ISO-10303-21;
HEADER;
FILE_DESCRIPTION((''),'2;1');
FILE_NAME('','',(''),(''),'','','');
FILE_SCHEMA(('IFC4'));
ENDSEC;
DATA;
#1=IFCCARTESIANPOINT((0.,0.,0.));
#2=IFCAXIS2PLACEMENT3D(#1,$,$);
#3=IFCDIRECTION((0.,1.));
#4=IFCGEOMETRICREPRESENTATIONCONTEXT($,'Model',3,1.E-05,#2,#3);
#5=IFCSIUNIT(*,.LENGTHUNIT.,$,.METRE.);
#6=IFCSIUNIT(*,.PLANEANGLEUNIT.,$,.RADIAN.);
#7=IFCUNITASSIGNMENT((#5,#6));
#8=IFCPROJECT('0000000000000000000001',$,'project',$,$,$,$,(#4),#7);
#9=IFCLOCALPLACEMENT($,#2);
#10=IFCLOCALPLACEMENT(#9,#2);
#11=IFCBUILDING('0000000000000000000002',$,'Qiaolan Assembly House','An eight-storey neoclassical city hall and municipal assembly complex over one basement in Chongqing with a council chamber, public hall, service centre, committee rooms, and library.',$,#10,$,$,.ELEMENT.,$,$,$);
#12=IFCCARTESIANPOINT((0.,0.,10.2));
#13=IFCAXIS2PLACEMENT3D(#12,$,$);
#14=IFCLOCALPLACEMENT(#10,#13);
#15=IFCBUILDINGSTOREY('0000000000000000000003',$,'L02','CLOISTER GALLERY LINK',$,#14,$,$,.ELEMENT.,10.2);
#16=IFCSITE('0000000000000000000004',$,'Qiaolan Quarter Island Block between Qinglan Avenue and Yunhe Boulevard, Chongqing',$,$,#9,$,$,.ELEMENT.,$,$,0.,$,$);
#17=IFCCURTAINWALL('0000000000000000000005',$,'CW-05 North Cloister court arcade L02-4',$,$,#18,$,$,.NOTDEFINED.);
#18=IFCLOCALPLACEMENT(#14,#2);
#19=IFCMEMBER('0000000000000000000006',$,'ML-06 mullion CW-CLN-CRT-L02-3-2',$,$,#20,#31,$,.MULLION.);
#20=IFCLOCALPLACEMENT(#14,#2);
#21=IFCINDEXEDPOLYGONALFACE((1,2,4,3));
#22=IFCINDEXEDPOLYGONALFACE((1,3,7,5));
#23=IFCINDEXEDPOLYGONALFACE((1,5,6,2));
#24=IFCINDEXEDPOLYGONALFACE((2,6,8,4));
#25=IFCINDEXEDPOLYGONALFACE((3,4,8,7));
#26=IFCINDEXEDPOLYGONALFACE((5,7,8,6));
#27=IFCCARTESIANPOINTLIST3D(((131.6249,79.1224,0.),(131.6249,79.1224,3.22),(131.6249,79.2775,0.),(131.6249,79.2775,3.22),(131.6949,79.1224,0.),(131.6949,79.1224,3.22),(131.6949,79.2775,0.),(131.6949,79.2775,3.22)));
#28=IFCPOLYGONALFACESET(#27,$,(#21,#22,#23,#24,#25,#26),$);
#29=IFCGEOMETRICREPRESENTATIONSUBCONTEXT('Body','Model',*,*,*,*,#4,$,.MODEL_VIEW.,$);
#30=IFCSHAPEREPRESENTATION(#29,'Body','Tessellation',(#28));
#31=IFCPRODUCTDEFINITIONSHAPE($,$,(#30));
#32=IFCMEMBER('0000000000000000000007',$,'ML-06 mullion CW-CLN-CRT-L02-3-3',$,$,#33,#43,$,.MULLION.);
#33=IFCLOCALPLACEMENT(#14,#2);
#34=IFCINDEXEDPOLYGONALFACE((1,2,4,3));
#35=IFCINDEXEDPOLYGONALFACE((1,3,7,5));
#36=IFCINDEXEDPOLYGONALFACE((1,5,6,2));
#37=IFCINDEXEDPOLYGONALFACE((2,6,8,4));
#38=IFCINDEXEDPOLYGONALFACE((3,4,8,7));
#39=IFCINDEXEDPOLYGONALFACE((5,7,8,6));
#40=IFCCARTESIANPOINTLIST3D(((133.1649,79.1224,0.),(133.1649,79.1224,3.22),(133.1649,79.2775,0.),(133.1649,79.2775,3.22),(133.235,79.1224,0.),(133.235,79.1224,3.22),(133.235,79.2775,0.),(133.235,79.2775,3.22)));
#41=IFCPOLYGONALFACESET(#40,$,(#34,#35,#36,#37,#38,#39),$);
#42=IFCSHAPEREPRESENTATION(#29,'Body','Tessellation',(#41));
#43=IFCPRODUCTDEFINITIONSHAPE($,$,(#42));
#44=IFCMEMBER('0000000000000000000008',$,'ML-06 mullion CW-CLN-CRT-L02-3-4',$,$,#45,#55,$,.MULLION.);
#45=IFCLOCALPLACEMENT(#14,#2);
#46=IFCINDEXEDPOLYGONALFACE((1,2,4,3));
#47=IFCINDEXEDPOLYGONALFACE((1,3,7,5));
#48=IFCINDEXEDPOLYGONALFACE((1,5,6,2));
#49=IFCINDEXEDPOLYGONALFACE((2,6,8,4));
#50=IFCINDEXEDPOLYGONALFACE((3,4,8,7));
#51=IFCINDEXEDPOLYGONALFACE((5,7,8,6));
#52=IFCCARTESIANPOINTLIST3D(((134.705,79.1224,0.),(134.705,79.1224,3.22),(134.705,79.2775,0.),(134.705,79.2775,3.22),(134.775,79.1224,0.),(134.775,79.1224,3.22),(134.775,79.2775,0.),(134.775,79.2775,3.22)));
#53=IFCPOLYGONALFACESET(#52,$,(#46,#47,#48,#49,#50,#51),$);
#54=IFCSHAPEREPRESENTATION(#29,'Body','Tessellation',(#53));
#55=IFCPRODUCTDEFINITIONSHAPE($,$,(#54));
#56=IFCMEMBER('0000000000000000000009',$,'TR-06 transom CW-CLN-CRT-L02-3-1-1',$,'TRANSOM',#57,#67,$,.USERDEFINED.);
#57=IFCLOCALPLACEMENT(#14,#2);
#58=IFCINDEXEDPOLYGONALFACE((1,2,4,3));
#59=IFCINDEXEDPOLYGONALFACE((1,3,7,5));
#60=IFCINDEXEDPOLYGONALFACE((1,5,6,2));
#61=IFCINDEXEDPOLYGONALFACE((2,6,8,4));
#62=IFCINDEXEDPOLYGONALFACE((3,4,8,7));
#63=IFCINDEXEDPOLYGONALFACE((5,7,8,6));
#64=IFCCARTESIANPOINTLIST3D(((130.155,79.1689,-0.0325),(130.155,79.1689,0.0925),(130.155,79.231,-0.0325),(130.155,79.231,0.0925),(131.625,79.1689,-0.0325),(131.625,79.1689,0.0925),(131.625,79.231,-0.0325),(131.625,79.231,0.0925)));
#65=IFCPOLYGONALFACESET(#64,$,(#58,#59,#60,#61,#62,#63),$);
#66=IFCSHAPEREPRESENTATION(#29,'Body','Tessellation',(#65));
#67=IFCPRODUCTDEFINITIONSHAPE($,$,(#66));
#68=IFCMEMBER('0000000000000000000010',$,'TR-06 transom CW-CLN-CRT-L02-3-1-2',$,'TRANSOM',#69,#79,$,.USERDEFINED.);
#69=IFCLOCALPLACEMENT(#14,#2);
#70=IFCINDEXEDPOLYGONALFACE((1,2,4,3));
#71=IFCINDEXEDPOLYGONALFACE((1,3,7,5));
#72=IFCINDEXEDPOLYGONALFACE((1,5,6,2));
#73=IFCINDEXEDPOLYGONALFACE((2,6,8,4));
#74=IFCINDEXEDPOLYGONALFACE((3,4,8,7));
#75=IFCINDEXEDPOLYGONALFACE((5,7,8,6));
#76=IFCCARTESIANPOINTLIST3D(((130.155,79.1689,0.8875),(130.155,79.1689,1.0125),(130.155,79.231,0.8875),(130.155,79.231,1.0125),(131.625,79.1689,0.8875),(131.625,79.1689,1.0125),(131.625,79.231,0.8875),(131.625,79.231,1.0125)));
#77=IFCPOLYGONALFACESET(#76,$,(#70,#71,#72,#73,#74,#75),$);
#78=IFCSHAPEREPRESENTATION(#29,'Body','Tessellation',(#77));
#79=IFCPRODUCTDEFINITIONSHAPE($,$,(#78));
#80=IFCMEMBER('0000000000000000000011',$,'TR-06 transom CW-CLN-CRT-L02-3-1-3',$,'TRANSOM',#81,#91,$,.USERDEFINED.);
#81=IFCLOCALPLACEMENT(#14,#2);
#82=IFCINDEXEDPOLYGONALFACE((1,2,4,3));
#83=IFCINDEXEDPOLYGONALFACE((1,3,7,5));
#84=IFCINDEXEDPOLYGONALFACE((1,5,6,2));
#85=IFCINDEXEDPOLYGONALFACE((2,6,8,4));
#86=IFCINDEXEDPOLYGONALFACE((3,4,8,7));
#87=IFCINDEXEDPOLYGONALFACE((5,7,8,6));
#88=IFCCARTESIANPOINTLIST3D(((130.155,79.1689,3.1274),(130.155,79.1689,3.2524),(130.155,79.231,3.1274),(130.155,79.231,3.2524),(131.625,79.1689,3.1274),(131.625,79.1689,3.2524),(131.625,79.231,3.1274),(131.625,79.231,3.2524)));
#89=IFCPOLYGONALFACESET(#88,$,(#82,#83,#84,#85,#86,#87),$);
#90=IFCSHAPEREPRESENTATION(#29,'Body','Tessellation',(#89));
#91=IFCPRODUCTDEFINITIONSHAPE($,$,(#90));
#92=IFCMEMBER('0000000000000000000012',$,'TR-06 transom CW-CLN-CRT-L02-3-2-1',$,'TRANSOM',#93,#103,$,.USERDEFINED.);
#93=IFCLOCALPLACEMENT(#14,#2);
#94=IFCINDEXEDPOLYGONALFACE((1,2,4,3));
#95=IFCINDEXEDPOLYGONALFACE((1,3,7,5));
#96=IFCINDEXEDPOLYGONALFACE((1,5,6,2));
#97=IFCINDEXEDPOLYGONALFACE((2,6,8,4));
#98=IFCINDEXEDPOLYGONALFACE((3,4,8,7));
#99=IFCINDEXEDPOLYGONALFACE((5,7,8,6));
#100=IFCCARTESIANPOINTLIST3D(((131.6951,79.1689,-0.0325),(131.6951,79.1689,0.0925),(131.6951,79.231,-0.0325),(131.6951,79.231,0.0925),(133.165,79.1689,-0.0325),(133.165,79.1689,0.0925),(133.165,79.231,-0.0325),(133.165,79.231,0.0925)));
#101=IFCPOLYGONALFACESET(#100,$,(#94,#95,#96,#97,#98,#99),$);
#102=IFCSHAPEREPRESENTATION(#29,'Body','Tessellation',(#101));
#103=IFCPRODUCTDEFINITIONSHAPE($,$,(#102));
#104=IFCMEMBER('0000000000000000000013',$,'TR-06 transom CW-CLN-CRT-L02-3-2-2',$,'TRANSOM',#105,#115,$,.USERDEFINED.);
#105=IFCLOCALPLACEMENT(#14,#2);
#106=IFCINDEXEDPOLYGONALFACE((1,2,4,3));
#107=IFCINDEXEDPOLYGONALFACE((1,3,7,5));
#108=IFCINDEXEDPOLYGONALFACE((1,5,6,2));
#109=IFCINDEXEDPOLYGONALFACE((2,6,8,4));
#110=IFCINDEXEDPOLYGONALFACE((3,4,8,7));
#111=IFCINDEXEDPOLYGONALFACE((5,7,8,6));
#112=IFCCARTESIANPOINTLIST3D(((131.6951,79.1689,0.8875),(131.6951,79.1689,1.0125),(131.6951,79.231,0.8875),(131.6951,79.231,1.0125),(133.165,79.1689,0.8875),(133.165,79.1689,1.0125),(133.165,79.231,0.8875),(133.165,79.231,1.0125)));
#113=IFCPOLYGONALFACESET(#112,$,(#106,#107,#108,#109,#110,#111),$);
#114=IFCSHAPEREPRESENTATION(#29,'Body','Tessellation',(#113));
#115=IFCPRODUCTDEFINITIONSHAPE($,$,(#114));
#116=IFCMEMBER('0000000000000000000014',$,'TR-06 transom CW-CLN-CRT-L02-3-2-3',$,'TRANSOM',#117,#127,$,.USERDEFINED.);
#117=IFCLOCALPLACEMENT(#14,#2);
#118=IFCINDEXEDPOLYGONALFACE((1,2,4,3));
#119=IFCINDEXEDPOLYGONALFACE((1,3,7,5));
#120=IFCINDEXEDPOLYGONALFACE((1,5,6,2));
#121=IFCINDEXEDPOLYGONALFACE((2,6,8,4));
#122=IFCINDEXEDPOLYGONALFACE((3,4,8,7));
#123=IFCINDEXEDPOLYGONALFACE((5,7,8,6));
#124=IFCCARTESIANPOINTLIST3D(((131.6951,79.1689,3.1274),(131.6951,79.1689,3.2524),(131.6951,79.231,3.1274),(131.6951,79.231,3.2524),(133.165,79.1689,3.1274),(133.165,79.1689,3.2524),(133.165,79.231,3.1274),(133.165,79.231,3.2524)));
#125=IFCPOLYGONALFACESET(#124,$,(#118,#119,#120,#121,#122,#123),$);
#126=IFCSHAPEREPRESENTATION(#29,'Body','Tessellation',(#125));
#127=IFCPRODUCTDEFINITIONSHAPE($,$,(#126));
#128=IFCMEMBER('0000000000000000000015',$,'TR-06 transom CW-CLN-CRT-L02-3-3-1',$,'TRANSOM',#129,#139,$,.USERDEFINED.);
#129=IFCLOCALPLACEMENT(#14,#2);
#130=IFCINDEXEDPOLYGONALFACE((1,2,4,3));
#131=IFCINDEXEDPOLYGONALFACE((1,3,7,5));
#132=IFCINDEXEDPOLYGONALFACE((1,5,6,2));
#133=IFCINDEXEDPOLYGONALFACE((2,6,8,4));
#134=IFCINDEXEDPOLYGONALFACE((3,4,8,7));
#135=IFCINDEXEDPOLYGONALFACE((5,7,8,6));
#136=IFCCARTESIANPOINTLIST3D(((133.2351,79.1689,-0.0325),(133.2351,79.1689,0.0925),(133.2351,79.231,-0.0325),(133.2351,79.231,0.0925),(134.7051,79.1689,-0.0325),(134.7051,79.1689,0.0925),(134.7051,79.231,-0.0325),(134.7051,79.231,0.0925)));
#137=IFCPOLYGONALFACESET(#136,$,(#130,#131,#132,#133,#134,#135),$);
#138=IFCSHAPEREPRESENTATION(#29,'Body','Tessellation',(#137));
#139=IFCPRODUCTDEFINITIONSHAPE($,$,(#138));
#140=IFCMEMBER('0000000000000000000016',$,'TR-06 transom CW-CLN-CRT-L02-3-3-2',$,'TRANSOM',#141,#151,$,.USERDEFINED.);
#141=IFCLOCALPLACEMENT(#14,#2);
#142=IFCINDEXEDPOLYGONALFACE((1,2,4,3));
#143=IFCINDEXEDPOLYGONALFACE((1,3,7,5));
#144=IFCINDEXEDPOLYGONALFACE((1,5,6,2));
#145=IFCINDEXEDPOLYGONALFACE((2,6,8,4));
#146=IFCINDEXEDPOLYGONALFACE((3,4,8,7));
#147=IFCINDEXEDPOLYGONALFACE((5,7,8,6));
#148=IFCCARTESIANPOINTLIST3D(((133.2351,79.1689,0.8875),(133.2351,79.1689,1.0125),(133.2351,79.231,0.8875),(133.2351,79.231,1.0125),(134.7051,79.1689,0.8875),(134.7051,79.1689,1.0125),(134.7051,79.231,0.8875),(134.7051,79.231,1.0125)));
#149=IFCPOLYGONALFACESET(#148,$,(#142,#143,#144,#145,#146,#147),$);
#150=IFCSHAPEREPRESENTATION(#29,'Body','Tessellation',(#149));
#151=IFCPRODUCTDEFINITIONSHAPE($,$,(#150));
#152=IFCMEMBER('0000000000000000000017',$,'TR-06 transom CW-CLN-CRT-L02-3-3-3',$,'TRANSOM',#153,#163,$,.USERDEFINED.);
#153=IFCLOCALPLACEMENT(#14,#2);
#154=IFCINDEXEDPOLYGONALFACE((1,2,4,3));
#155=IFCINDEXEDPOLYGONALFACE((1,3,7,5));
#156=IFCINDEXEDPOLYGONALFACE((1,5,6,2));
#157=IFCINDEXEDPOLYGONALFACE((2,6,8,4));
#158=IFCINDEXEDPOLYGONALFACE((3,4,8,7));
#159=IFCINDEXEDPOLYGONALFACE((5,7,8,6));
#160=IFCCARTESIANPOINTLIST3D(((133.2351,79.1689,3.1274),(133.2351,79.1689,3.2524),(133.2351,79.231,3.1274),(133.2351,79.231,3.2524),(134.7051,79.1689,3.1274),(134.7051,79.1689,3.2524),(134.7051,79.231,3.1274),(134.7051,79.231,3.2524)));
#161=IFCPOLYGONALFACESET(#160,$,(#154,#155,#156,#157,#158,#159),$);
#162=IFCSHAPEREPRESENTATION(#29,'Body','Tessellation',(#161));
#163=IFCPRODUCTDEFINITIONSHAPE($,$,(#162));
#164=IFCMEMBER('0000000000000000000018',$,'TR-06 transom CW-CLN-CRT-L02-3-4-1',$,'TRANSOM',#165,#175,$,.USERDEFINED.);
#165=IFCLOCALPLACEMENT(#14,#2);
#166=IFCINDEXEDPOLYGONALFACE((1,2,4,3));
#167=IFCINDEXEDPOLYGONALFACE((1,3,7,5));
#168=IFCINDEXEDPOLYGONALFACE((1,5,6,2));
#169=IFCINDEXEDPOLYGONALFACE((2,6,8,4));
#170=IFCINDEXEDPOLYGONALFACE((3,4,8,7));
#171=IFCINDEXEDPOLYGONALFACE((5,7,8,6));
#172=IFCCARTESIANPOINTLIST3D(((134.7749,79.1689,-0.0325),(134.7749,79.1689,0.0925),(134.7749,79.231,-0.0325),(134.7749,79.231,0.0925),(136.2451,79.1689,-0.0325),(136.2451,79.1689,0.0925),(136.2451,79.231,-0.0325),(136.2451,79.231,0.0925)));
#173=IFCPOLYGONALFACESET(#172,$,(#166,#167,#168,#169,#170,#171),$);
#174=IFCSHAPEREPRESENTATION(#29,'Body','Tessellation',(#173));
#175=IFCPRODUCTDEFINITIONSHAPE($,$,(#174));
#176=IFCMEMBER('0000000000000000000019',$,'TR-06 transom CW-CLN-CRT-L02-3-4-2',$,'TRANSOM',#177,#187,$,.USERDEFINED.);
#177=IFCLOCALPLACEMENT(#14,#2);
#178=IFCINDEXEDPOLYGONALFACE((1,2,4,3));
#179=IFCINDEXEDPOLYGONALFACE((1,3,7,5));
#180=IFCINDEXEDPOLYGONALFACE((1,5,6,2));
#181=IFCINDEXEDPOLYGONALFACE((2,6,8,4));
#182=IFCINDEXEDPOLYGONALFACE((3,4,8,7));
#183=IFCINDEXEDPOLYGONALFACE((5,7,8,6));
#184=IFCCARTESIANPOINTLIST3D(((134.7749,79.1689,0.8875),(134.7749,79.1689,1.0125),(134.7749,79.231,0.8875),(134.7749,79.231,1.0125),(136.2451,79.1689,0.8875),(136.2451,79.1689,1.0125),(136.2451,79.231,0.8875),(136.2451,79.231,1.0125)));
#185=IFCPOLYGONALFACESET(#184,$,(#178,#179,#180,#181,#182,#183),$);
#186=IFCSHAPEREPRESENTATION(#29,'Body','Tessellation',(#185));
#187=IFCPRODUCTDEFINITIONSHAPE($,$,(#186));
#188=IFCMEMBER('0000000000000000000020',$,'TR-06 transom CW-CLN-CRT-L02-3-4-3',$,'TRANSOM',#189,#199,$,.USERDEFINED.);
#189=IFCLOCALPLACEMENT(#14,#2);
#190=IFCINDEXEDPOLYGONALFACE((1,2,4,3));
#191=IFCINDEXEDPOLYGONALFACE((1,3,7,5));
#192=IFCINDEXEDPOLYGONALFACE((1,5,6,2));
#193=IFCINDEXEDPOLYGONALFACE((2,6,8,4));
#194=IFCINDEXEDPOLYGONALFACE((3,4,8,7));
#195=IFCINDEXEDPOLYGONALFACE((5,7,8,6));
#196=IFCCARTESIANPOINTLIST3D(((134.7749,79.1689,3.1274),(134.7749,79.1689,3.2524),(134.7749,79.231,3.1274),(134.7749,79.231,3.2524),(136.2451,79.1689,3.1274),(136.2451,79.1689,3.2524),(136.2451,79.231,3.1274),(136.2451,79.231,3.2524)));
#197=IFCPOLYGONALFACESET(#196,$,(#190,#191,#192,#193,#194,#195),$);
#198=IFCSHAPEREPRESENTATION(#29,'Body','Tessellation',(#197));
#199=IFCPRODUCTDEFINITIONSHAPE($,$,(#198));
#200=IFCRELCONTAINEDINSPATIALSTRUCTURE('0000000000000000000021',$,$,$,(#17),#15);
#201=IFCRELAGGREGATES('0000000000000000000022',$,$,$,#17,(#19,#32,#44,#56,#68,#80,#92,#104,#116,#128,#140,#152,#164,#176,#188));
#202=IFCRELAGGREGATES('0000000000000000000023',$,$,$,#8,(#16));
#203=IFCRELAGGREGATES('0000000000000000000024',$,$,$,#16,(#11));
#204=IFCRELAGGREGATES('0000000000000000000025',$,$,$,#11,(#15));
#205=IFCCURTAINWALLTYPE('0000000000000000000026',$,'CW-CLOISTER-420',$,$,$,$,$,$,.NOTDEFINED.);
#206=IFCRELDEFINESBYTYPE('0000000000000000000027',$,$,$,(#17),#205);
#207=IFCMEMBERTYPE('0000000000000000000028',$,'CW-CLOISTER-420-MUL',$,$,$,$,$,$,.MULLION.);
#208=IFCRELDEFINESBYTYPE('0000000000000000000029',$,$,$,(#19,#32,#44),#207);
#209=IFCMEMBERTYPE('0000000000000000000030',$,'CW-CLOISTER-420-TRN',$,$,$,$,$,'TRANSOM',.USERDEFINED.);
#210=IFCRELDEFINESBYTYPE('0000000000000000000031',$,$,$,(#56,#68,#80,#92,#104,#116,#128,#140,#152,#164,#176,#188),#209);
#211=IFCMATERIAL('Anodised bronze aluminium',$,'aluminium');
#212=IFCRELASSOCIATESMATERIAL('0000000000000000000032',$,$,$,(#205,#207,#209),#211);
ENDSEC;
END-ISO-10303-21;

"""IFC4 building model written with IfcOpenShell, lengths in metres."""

from ifc_helpers import new_model, si_unit, direction, frame, origin, origin_2d, place, context, subcontext, project, spatial, rectangle, extrude, material, material_profile, profile_set, type_object, element, aggregate, save


model = new_model("IFC4")

# Units and contexts
model_context = context("Model", 3, precision=1e-05, world=origin(), true_north=direction((0.0, 1.0)))
body_context = subcontext(model_context, "Body", "Model", "MODEL_VIEW")
ifc_project = project(units=[si_unit("LENGTHUNIT", "METRE"), si_unit("PLANEANGLEUNIT", "RADIAN")], contexts=[model_context])

# Site, building, storey
site_placement = place(None, origin())
site = spatial("IfcSite", under=ifc_project, at=site_placement, Name="Qiaolan Quarter Island Block between Qinglan Avenue and Yunhe Boulevard, Chongqing", CompositionType="ELEMENT", RefElevation=0.0)
building_placement = place(site_placement, origin())
building = spatial("IfcBuilding", under=site, at=building_placement, Name="Qiaolan Assembly House", Description="An eight-storey neoclassical city hall and municipal assembly complex over one basement in Chongqing with a council chamber, public hall, service centre, committee rooms, and library.", CompositionType="ELEMENT")
storey_placement = place(building_placement, frame((0.0, 0.0, 10.2)))
storey = spatial("IfcBuildingStorey", under=building, at=storey_placement, Name="L02", Description="CLOISTER GALLERY LINK", CompositionType="ELEMENT", Elevation=10.2)

# Curtain wall, members
ifc_material_1 = material(Name="Anodised bronze aluminium", Category="aluminium")
curtain_wall_type = type_object("IfcCurtainWallType", Name="CW-CLOISTER-420", PredefinedType="NOTDEFINED", material=ifc_material_1)
curtain_wall_placement = place(storey_placement, origin())
curtain_wall = element("IfcCurtainWall", 1, at=curtain_wall_placement, inside=storey, type_object=curtain_wall_type, Name="CW-05 North Cloister court arcade L02-4", PredefinedType="NOTDEFINED")
ifc_material_profile_1 = material_profile(ifc_material_1, rectangle(XDim=0.0701, YDim=0.155, at=origin_2d()), Name="MUL 70x155")
ifc_profile_set_1 = profile_set([ifc_material_profile_1], Name="Anodised bronze aluminium")
member_type_1 = type_object("IfcMemberType", Name="CW-CLOISTER-420-MUL", PredefinedType="MULLION", material=ifc_profile_set_1)
member_1_placement = place(storey_placement, frame((131.6599, 79.2, 0.0), z_axis=(0.0, 0.0, 1.0), x_axis=(1.0, 0.0, 0.0)))
member_1 = element("IfcMember", 2, at=member_1_placement, type_object=member_type_1, Name="ML-06 mullion CW-CLN-CRT-L02-3-2", PredefinedType="MULLION", context=body_context, shape_type="SweptSolid", body=[
    extrude(rectangle(XDim=0.0701, YDim=0.155, at=origin_2d()), origin(), (0.0, 0.0, 1.0), 3.22),
])
member_2_placement = place(storey_placement, frame((133.2, 79.2, 0.0), z_axis=(0.0, 0.0, 1.0), x_axis=(1.0, 0.0, 0.0)))
member_2 = element("IfcMember", 3, at=member_2_placement, type_object=member_type_1, Name="ML-06 mullion CW-CLN-CRT-L02-3-3", PredefinedType="MULLION", context=body_context, shape_type="SweptSolid", body=[
    extrude(rectangle(XDim=0.0701, YDim=0.155, at=origin_2d()), origin(), (0.0, 0.0, 1.0), 3.22),
])
member_3_placement = place(storey_placement, frame((134.74, 79.2, 0.0), z_axis=(0.0, 0.0, 1.0), x_axis=(1.0, 0.0, 0.0)))
member_3 = element("IfcMember", 4, at=member_3_placement, type_object=member_type_1, Name="ML-06 mullion CW-CLN-CRT-L02-3-4", PredefinedType="MULLION", context=body_context, shape_type="SweptSolid", body=[
    extrude(rectangle(XDim=0.0701, YDim=0.155, at=origin_2d()), origin(), (0.0, 0.0, 1.0), 3.22),
])
ifc_material_profile_2 = material_profile(ifc_material_1, rectangle(XDim=0.062, YDim=0.125, at=origin_2d()), Name="TRN 62x125")
ifc_profile_set_2 = profile_set([ifc_material_profile_2], Name="Anodised bronze aluminium")
member_type_2 = type_object("IfcMemberType", Name="CW-CLOISTER-420-TRN", ElementType="TRANSOM", PredefinedType="USERDEFINED", material=ifc_profile_set_2)
member_4_placement = place(storey_placement, frame((130.155, 79.2, 0.03), z_axis=(1.0, 0.0, 0.0), x_axis=(0.0, 1.0, 0.0)))
member_4 = element("IfcMember", 5, at=member_4_placement, type_object=member_type_2, Name="TR-06 transom CW-CLN-CRT-L02-3-1-1", ObjectType="TRANSOM", PredefinedType="USERDEFINED", context=body_context, shape_type="SweptSolid", body=[
    extrude(rectangle(XDim=0.062, YDim=0.125, at=origin_2d()), origin(), (0.0, 0.0, 1.0), 1.47),
])
member_5_placement = place(storey_placement, frame((130.155, 79.2, 0.95), z_axis=(1.0, 0.0, 0.0), x_axis=(0.0, 1.0, 0.0)))
member_5 = element("IfcMember", 6, at=member_5_placement, type_object=member_type_2, Name="TR-06 transom CW-CLN-CRT-L02-3-1-2", ObjectType="TRANSOM", PredefinedType="USERDEFINED", context=body_context, shape_type="SweptSolid", body=[
    extrude(rectangle(XDim=0.062, YDim=0.125, at=origin_2d()), origin(), (0.0, 0.0, 1.0), 1.47),
])
member_6_placement = place(storey_placement, frame((130.155, 79.2, 3.1899), z_axis=(1.0, 0.0, 0.0), x_axis=(0.0, 1.0, 0.0)))
member_6 = element("IfcMember", 7, at=member_6_placement, type_object=member_type_2, Name="TR-06 transom CW-CLN-CRT-L02-3-1-3", ObjectType="TRANSOM", PredefinedType="USERDEFINED", context=body_context, shape_type="SweptSolid", body=[
    extrude(rectangle(XDim=0.062, YDim=0.125, at=origin_2d()), origin(), (0.0, 0.0, 1.0), 1.47),
])
member_7_placement = place(storey_placement, frame((131.6951, 79.2, 0.03), z_axis=(1.0, 0.0, 0.0), x_axis=(0.0, 1.0, 0.0)))
member_7 = element("IfcMember", 8, at=member_7_placement, type_object=member_type_2, Name="TR-06 transom CW-CLN-CRT-L02-3-2-1", ObjectType="TRANSOM", PredefinedType="USERDEFINED", context=body_context, shape_type="SweptSolid", body=[
    extrude(rectangle(XDim=0.062, YDim=0.125, at=origin_2d()), origin(), (0.0, 0.0, 1.0), 1.47),
])
member_8_placement = place(storey_placement, frame((131.6951, 79.2, 0.95), z_axis=(1.0, 0.0, 0.0), x_axis=(0.0, 1.0, 0.0)))
member_8 = element("IfcMember", 9, at=member_8_placement, type_object=member_type_2, Name="TR-06 transom CW-CLN-CRT-L02-3-2-2", ObjectType="TRANSOM", PredefinedType="USERDEFINED", context=body_context, shape_type="SweptSolid", body=[
    extrude(rectangle(XDim=0.062, YDim=0.125, at=origin_2d()), origin(), (0.0, 0.0, 1.0), 1.47),
])
member_9_placement = place(storey_placement, frame((131.6951, 79.2, 3.1899), z_axis=(1.0, 0.0, 0.0), x_axis=(0.0, 1.0, 0.0)))
member_9 = element("IfcMember", 10, at=member_9_placement, type_object=member_type_2, Name="TR-06 transom CW-CLN-CRT-L02-3-2-3", ObjectType="TRANSOM", PredefinedType="USERDEFINED", context=body_context, shape_type="SweptSolid", body=[
    extrude(rectangle(XDim=0.062, YDim=0.125, at=origin_2d()), origin(), (0.0, 0.0, 1.0), 1.47),
])
member_10_placement = place(storey_placement, frame((133.2351, 79.2, 0.03), z_axis=(1.0, 0.0, 0.0), x_axis=(0.0, 1.0, 0.0)))
member_10 = element("IfcMember", 11, at=member_10_placement, type_object=member_type_2, Name="TR-06 transom CW-CLN-CRT-L02-3-3-1", ObjectType="TRANSOM", PredefinedType="USERDEFINED", context=body_context, shape_type="SweptSolid", body=[
    extrude(rectangle(XDim=0.062, YDim=0.125, at=origin_2d()), origin(), (0.0, 0.0, 1.0), 1.47),
])
member_11_placement = place(storey_placement, frame((133.2351, 79.2, 0.95), z_axis=(1.0, 0.0, 0.0), x_axis=(0.0, 1.0, 0.0)))
member_11 = element("IfcMember", 12, at=member_11_placement, type_object=member_type_2, Name="TR-06 transom CW-CLN-CRT-L02-3-3-2", ObjectType="TRANSOM", PredefinedType="USERDEFINED", context=body_context, shape_type="SweptSolid", body=[
    extrude(rectangle(XDim=0.062, YDim=0.125, at=origin_2d()), origin(), (0.0, 0.0, 1.0), 1.47),
])
member_12_placement = place(storey_placement, frame((133.2351, 79.2, 3.1899), z_axis=(1.0, 0.0, 0.0), x_axis=(0.0, 1.0, 0.0)))
member_12 = element("IfcMember", 13, at=member_12_placement, type_object=member_type_2, Name="TR-06 transom CW-CLN-CRT-L02-3-3-3", ObjectType="TRANSOM", PredefinedType="USERDEFINED", context=body_context, shape_type="SweptSolid", body=[
    extrude(rectangle(XDim=0.062, YDim=0.125, at=origin_2d()), origin(), (0.0, 0.0, 1.0), 1.47),
])
member_13_placement = place(storey_placement, frame((134.7749, 79.2, 0.03), z_axis=(1.0, 0.0, 0.0), x_axis=(0.0, 1.0, 0.0)))
member_13 = element("IfcMember", 14, at=member_13_placement, type_object=member_type_2, Name="TR-06 transom CW-CLN-CRT-L02-3-4-1", ObjectType="TRANSOM", PredefinedType="USERDEFINED", context=body_context, shape_type="SweptSolid", body=[
    extrude(rectangle(XDim=0.062, YDim=0.125, at=origin_2d()), origin(), (0.0, 0.0, 1.0), 1.4702),
])
member_14_placement = place(storey_placement, frame((134.7749, 79.2, 0.95), z_axis=(1.0, 0.0, 0.0), x_axis=(0.0, 1.0, 0.0)))
member_14 = element("IfcMember", 15, at=member_14_placement, type_object=member_type_2, Name="TR-06 transom CW-CLN-CRT-L02-3-4-2", ObjectType="TRANSOM", PredefinedType="USERDEFINED", context=body_context, shape_type="SweptSolid", body=[
    extrude(rectangle(XDim=0.062, YDim=0.125, at=origin_2d()), origin(), (0.0, 0.0, 1.0), 1.4702),
])
member_15_placement = place(storey_placement, frame((134.7749, 79.2, 3.1899), z_axis=(1.0, 0.0, 0.0), x_axis=(0.0, 1.0, 0.0)))
member_15 = element("IfcMember", 16, at=member_15_placement, type_object=member_type_2, Name="TR-06 transom CW-CLN-CRT-L02-3-4-3", ObjectType="TRANSOM", PredefinedType="USERDEFINED", context=body_context, shape_type="SweptSolid", body=[
    extrude(rectangle(XDim=0.062, YDim=0.125, at=origin_2d()), origin(), (0.0, 0.0, 1.0), 1.4702),
])
aggregate(curtain_wall, [member_1, member_2, member_3, member_4, member_5, member_6, member_7, member_8, member_9, member_10, member_11, member_12, member_13, member_14, member_15])

save(model, "model.ifc")
